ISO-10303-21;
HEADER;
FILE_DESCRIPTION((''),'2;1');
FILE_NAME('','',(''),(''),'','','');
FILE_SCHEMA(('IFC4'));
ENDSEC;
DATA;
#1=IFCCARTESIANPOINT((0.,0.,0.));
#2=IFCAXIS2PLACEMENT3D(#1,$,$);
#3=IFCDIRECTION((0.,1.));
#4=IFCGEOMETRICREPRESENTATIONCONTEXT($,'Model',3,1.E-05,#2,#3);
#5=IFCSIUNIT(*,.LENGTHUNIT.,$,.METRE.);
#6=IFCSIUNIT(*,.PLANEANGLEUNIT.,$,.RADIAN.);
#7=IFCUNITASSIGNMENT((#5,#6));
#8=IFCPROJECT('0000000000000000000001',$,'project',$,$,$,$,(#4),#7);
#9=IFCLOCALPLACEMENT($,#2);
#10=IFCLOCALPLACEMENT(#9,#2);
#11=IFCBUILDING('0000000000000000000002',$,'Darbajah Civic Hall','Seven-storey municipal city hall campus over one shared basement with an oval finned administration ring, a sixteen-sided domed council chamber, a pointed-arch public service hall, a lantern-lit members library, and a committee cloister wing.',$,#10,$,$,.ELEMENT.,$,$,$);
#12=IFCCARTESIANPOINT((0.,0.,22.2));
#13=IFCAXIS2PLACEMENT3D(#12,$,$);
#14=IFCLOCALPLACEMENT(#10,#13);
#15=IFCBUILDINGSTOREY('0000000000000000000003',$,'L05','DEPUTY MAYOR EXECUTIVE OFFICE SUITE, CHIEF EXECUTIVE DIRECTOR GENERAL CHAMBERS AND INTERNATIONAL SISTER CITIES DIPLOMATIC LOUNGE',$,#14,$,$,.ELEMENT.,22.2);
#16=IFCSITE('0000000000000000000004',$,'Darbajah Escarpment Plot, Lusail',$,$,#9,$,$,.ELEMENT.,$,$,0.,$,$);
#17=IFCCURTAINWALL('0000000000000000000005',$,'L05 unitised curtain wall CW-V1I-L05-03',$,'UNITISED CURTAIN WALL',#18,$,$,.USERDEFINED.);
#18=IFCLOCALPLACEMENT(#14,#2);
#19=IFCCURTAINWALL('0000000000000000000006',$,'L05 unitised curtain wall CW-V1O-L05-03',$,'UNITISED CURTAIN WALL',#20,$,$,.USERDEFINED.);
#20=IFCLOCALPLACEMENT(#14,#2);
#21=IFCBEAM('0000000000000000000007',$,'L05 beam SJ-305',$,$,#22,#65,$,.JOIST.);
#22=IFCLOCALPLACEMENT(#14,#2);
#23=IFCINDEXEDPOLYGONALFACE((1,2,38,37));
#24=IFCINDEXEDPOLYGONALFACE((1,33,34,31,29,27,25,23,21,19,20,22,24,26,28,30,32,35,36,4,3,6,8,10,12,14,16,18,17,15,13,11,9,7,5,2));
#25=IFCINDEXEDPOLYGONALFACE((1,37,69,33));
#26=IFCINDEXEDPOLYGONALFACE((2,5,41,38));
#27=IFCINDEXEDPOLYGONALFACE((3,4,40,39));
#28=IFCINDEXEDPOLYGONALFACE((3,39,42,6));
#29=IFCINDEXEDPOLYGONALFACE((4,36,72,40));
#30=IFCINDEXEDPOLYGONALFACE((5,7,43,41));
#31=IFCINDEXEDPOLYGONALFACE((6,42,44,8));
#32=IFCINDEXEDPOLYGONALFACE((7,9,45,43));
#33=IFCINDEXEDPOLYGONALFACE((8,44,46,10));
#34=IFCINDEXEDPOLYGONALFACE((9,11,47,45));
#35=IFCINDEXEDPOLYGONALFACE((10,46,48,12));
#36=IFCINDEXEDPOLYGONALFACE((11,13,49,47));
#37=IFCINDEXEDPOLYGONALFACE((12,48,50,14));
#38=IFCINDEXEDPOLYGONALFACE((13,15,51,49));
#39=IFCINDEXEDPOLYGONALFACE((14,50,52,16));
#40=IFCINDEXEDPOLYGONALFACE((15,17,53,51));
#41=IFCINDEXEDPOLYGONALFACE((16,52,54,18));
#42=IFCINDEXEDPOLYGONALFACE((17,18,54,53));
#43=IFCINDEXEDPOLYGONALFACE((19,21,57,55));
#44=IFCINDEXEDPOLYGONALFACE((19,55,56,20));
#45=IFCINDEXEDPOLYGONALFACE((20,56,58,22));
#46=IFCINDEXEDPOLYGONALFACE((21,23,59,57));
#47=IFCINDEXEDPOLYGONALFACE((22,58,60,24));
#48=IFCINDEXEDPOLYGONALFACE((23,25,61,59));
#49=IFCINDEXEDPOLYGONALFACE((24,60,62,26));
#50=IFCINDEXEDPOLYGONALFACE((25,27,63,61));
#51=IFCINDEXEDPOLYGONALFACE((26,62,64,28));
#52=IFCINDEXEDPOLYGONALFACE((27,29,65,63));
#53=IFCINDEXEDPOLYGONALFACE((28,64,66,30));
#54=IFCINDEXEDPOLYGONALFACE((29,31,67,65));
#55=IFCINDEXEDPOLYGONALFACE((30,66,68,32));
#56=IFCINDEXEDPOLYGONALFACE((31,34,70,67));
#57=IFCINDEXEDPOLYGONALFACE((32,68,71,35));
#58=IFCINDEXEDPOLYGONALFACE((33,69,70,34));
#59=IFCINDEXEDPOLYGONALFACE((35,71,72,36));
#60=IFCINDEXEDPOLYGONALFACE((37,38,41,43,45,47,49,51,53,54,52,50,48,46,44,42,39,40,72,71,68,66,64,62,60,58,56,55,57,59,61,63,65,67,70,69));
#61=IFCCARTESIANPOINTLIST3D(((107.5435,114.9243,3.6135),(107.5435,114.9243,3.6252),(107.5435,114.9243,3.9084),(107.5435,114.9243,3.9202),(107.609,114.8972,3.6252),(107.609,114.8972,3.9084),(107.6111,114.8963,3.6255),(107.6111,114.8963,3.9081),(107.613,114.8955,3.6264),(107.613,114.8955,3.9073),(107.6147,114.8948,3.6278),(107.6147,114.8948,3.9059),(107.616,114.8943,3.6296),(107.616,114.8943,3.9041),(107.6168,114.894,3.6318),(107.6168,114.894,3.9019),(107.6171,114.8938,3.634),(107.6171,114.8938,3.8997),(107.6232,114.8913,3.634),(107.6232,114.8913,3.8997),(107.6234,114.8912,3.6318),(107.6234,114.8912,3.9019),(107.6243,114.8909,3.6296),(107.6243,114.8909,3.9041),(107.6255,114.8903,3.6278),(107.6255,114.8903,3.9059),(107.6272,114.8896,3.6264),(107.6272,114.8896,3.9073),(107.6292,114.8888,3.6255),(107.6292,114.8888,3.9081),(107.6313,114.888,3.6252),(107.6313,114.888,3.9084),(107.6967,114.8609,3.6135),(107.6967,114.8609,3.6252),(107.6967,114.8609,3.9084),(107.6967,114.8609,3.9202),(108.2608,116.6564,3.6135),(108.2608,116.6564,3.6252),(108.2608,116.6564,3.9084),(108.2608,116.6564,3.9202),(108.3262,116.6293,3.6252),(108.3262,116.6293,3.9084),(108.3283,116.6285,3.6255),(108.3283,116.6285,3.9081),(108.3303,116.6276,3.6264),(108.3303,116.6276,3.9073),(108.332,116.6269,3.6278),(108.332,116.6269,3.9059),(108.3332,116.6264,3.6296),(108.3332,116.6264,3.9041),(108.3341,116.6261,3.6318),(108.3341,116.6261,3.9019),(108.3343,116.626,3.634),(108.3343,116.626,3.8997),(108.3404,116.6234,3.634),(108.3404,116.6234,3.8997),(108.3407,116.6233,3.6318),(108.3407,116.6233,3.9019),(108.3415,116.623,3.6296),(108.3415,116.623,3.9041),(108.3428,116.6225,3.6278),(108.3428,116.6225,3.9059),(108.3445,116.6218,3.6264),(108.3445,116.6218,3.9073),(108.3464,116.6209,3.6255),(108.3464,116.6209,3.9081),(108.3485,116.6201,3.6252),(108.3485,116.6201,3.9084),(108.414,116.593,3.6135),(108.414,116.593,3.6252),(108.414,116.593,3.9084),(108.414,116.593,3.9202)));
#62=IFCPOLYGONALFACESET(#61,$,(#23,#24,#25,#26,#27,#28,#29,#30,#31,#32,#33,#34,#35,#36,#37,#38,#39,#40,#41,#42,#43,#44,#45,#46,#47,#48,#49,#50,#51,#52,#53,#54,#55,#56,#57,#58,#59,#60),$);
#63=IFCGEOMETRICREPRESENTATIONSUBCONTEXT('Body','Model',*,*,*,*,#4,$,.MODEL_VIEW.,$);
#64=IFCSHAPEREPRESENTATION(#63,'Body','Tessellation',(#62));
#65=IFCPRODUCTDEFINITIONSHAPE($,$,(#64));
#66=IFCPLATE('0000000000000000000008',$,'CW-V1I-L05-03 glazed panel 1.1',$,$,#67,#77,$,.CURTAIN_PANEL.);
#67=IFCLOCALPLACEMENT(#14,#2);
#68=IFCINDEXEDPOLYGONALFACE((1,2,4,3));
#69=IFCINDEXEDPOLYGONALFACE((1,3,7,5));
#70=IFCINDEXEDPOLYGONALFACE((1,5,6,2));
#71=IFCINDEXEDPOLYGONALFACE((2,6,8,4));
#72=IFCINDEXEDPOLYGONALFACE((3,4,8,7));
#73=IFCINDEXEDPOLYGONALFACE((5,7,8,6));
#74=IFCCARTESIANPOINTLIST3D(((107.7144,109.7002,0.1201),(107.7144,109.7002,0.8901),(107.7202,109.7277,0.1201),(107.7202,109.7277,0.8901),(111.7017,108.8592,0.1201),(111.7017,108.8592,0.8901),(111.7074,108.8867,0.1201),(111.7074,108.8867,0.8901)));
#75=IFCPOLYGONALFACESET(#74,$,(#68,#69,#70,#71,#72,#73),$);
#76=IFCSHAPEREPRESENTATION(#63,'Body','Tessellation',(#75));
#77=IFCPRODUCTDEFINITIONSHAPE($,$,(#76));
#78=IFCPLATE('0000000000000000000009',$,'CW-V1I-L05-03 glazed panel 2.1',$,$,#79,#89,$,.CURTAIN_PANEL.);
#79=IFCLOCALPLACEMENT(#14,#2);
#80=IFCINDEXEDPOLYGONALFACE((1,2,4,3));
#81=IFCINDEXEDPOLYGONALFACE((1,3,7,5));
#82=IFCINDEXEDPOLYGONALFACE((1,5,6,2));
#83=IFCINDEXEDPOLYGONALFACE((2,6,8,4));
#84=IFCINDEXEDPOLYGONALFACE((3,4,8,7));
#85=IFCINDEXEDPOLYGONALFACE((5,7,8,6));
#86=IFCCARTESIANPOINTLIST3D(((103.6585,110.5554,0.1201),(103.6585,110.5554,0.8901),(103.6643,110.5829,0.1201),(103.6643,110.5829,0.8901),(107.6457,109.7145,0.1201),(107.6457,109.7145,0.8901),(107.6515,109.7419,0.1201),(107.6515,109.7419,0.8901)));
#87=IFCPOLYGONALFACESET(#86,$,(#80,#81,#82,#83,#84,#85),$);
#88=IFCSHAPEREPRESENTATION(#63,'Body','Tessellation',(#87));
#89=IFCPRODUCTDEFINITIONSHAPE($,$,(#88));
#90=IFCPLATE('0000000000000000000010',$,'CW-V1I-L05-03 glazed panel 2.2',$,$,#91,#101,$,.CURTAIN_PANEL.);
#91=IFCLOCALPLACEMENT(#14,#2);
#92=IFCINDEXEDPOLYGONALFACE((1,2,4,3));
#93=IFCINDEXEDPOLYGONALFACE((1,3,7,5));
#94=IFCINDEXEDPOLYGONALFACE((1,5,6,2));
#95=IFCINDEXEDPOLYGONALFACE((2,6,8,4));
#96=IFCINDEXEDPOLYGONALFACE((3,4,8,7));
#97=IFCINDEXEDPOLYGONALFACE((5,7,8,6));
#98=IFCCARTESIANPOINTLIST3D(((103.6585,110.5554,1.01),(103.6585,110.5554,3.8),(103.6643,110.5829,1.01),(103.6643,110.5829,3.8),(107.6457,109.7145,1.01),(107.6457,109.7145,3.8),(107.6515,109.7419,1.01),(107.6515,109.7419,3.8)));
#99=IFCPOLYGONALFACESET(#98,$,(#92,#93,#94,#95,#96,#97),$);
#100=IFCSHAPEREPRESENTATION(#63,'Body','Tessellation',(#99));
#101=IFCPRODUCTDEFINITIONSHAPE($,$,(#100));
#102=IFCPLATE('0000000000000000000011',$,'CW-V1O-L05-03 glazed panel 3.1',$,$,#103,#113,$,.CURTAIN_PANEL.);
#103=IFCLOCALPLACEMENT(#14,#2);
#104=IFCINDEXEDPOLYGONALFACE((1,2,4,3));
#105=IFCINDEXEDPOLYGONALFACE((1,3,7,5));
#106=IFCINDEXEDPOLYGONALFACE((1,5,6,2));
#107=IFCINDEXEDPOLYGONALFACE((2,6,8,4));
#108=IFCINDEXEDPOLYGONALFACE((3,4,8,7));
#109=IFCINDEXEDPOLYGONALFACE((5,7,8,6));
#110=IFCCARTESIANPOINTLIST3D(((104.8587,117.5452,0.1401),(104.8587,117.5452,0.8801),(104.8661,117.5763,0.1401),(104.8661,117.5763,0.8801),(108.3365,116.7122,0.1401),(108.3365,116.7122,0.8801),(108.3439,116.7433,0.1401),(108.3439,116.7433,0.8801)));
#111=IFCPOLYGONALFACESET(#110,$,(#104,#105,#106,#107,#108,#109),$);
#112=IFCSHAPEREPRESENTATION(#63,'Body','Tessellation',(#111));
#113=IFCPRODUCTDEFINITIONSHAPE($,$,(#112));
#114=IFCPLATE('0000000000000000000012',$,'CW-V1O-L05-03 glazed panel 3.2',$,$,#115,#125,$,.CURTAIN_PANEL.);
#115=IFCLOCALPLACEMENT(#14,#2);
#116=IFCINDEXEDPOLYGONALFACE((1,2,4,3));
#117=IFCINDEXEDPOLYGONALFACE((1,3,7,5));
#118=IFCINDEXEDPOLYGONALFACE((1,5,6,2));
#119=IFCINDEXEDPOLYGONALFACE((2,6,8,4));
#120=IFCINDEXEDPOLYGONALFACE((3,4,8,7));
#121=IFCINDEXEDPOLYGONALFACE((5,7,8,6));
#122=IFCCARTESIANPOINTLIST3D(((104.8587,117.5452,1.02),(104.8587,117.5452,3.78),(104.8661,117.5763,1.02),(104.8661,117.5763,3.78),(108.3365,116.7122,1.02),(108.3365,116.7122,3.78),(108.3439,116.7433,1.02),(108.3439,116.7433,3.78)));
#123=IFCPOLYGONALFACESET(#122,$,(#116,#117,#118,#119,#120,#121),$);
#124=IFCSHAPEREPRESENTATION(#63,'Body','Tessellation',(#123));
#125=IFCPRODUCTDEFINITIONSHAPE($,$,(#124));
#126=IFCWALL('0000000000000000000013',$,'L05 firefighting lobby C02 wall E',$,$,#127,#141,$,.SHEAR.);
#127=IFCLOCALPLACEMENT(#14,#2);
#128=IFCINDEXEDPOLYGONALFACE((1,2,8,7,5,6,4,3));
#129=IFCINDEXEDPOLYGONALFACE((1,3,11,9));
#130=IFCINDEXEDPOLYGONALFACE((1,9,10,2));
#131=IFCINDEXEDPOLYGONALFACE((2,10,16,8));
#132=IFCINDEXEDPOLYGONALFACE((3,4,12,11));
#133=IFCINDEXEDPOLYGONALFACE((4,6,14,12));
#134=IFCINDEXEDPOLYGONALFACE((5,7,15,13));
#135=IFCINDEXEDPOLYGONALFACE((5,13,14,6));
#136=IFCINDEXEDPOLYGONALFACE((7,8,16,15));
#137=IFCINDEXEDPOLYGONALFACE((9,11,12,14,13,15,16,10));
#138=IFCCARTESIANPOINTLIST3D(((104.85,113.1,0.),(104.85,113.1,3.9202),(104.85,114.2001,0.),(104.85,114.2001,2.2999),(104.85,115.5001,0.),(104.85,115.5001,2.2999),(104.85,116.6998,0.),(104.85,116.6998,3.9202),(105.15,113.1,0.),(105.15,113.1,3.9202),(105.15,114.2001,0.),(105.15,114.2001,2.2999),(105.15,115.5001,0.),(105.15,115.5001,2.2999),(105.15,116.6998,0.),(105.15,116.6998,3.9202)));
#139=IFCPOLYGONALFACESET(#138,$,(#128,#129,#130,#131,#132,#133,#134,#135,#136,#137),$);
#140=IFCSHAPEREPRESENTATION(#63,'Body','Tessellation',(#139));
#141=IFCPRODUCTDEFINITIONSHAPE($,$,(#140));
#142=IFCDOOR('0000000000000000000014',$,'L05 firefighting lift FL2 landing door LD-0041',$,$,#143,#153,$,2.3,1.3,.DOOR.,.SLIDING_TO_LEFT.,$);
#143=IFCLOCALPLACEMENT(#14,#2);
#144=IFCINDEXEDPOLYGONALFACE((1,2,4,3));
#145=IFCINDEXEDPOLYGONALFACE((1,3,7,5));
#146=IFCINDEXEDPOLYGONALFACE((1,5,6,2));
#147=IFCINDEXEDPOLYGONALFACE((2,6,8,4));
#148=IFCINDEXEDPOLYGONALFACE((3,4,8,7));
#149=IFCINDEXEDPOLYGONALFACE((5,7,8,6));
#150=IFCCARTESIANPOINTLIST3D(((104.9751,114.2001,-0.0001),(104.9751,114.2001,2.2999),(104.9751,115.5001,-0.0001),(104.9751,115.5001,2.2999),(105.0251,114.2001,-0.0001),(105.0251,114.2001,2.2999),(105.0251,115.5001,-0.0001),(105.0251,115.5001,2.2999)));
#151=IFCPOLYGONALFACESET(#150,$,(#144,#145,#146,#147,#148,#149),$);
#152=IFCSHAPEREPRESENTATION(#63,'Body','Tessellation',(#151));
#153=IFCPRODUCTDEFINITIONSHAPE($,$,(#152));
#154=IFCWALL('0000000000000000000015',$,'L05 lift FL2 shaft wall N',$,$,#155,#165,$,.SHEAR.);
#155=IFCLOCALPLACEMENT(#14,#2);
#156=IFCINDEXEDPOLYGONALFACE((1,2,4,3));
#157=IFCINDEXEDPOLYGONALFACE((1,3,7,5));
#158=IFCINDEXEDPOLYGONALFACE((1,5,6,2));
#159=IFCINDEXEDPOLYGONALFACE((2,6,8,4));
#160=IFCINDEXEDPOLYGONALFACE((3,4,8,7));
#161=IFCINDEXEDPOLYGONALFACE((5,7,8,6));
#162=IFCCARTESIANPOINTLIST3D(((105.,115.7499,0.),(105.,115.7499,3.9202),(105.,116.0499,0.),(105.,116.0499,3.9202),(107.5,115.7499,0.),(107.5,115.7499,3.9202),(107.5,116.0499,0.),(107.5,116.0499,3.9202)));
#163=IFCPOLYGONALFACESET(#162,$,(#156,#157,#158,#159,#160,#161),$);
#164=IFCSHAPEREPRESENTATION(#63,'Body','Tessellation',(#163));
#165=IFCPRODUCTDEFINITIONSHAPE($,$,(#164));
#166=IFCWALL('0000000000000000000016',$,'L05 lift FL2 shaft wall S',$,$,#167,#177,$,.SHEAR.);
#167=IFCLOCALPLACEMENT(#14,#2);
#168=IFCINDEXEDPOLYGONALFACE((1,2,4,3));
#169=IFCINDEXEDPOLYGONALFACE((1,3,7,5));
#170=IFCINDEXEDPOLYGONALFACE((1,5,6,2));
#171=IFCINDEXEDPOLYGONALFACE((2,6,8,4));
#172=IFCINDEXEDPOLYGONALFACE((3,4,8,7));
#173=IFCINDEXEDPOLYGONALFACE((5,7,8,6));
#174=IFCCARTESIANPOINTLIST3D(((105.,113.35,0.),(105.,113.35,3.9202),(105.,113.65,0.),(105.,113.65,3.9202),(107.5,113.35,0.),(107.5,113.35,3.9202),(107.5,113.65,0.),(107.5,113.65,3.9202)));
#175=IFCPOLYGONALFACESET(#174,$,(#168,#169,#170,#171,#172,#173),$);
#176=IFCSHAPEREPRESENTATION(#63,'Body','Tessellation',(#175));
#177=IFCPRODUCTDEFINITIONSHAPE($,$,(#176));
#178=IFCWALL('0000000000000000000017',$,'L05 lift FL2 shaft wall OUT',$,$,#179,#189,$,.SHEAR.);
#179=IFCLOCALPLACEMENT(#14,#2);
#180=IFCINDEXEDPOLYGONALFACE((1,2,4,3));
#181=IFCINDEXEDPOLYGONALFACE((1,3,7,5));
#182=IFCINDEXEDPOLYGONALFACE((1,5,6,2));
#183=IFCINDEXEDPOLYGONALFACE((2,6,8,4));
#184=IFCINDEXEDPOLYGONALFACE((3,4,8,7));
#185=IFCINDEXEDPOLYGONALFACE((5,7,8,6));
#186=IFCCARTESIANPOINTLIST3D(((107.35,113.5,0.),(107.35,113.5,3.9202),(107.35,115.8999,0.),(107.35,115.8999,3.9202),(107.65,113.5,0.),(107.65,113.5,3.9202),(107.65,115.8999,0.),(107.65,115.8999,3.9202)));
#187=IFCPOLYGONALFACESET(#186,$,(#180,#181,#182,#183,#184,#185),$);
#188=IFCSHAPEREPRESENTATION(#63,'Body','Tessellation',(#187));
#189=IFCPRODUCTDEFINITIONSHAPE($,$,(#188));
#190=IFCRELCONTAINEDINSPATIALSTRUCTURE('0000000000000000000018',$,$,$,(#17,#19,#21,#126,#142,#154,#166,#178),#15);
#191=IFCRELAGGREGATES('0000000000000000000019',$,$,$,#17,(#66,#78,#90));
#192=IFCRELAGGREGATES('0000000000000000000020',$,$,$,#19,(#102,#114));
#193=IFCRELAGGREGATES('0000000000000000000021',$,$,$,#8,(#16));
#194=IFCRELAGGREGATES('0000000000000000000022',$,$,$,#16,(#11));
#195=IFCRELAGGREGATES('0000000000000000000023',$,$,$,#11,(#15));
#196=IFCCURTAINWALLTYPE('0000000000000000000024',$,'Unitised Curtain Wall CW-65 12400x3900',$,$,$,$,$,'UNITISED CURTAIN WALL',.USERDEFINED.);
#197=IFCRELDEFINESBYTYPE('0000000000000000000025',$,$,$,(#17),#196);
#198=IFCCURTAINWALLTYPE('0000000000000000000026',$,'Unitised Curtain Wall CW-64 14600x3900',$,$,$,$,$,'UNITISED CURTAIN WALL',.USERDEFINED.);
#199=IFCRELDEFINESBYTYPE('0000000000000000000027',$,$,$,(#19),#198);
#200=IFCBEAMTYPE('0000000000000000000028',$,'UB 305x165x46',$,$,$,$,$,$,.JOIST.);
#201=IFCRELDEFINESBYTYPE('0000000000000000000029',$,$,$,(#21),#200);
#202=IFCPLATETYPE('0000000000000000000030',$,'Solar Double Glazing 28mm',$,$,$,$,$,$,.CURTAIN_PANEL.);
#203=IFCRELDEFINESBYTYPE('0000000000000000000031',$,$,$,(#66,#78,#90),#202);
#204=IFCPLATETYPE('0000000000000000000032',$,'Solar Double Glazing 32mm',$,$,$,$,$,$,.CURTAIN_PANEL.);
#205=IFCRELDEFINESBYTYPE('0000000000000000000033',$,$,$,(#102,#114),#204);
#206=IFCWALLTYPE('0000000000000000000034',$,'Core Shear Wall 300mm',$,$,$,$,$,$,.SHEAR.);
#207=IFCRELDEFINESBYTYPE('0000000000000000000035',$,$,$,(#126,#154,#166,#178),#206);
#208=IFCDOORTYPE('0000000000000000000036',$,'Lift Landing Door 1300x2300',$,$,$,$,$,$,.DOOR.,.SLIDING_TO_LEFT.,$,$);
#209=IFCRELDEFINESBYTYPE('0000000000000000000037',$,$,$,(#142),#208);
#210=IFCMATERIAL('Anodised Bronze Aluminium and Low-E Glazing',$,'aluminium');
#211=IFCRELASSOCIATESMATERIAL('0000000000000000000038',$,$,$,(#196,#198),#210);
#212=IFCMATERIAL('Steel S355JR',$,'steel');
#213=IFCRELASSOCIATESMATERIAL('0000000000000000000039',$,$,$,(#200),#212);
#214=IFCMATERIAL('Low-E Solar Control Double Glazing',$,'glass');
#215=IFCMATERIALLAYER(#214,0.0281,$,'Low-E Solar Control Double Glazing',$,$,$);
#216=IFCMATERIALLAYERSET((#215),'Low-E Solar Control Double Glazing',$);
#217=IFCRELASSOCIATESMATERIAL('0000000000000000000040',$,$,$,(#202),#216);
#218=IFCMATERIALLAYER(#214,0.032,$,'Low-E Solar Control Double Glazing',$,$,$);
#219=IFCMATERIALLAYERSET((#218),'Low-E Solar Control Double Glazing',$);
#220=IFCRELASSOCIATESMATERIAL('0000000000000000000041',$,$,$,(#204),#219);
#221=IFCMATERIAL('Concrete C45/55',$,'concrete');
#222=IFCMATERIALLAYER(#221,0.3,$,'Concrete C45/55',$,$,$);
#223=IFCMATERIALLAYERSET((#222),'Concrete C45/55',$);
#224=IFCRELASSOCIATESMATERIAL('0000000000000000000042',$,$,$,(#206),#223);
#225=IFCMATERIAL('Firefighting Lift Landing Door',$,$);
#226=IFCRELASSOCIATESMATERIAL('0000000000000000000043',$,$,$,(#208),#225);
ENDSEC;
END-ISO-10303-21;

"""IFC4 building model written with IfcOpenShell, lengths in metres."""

from ifc_helpers import new_model, si_unit, direction, frame, frame_2d, origin, origin_2d, place, context, subcontext, project, spatial, rectangle, i_section, extrude, material, layer, layer_set, material_profile, profile_set, type_object, element, fill, aggregate, save


model = new_model("IFC4")

# Units and contexts
model_context = context("Model", 3, precision=1e-05, world=origin(), true_north=direction((0.0, 1.0)))
body_context = subcontext(model_context, "Body", "Model", "MODEL_VIEW")
ifc_project = project(units=[si_unit("LENGTHUNIT", "METRE"), si_unit("PLANEANGLEUNIT", "RADIAN")], contexts=[model_context])

# Site, building, storey
site_placement = place(None, origin())
site = spatial("IfcSite", under=ifc_project, at=site_placement, Name="Darbajah Escarpment Plot, Lusail", CompositionType="ELEMENT", RefElevation=0.0)
building_placement = place(site_placement, origin())
building = spatial("IfcBuilding", under=site, at=building_placement, Name="Darbajah Civic Hall", Description="Seven-storey municipal city hall campus over one shared basement with an oval finned administration ring, a sixteen-sided domed council chamber, a pointed-arch public service hall, a lantern-lit members library, and a committee cloister wing.", CompositionType="ELEMENT")
storey_placement = place(building_placement, frame((0.0, 0.0, 22.2)))
storey = spatial("IfcBuildingStorey", under=building, at=storey_placement, Name="L05", Description="DEPUTY MAYOR EXECUTIVE OFFICE SUITE, CHIEF EXECUTIVE DIRECTOR GENERAL CHAMBERS AND INTERNATIONAL SISTER CITIES DIPLOMATIC LOUNGE", CompositionType="ELEMENT", Elevation=22.2)

# Curtain walls
ifc_material_1 = material(Name="Anodised Bronze Aluminium and Low-E Glazing", Category="aluminium")
curtain_wall_type_1 = type_object("IfcCurtainWallType", Name="Unitised Curtain Wall CW-65 12400x3900", ElementType="UNITISED CURTAIN WALL", PredefinedType="USERDEFINED", material=ifc_material_1)
curtain_wall_1_placement = place(storey_placement, origin())
curtain_wall_1 = element("IfcCurtainWall", 1, at=curtain_wall_1_placement, inside=storey, type_object=curtain_wall_type_1, Name="L05 unitised curtain wall CW-V1I-L05-03", ObjectType="UNITISED CURTAIN WALL", PredefinedType="USERDEFINED")
curtain_wall_type_2 = type_object("IfcCurtainWallType", Name="Unitised Curtain Wall CW-64 14600x3900", ElementType="UNITISED CURTAIN WALL", PredefinedType="USERDEFINED", material=ifc_material_1)
curtain_wall_2_placement = place(storey_placement, origin())
curtain_wall_2 = element("IfcCurtainWall", 2, at=curtain_wall_2_placement, inside=storey, type_object=curtain_wall_type_2, Name="L05 unitised curtain wall CW-V1O-L05-03", ObjectType="UNITISED CURTAIN WALL", PredefinedType="USERDEFINED")

# Beam
ifc_material_2 = material(Name="Steel S355JR", Category="steel")
ifc_material_profile_1 = material_profile(ifc_material_2, i_section(OverallWidth=0.1658, OverallDepth=0.3066, WebThickness=0.0066, FlangeThickness=0.0117, FilletRadius=0.0088, at=origin_2d()), Name="UB 305x165x46")
ifc_profile_set_1 = profile_set([ifc_material_profile_1], Name="Steel S355JR")
beam_type_1 = type_object("IfcBeamType", Name="UB 305x165x46", PredefinedType="JOIST", material=ifc_profile_set_1)
beam_1_placement = place(storey_placement, frame((107.6201, 114.8926, 3.7668), z_axis=(0.382589, 0.923918, 0.0), x_axis=(-0.923918, 0.382589, 0.0)))
element("IfcBeam", 3, at=beam_1_placement, inside=storey, type_object=beam_type_1, Name="L05 beam SJ-305", PredefinedType="JOIST", context=body_context, shape_type="SweptSolid", body=[
    extrude(i_section(OverallWidth=0.1658, OverallDepth=0.3066, WebThickness=0.0066, FlangeThickness=0.0117, FilletRadius=0.0088, at=origin_2d()), origin(), (0.0, 0.0, 1.0), 1.8748),
])

# Plates
ifc_material_3 = material(Name="Low-E Solar Control Double Glazing", Category="glass")
ifc_layer_1 = layer(ifc_material_3, 0.0281, Name="Low-E Solar Control Double Glazing")
ifc_layer_set_1 = layer_set([ifc_layer_1], Name="Low-E Solar Control Double Glazing")
plate_type_1 = type_object("IfcPlateType", Name="Solar Double Glazing 28mm", PredefinedType="CURTAIN_PANEL", material=ifc_layer_set_1)
plate_1_placement = place(storey_placement, frame((109.7109, 109.2935, 0.1201), z_axis=(0.0, 0.0, 1.0), x_axis=(-0.978473, 0.206375, 0.0)))
plate_1 = element("IfcPlate", 4, at=plate_1_placement, type_object=plate_type_1, Name="CW-V1I-L05-03 glazed panel 1.1", PredefinedType="CURTAIN_PANEL", context=body_context, shape_type="SweptSolid", body=[
    extrude(rectangle(XDim=4.075, YDim=0.0281, at=origin_2d()), origin(), (0.0, 0.0, 1.0), 0.77),
])
plate_2_placement = place(storey_placement, frame((105.655, 110.1487, 0.1201), z_axis=(0.0, 0.0, 1.0), x_axis=(-0.978473, 0.206375, 0.0)))
plate_2 = element("IfcPlate", 5, at=plate_2_placement, type_object=plate_type_1, Name="CW-V1I-L05-03 glazed panel 2.1", PredefinedType="CURTAIN_PANEL", context=body_context, shape_type="SweptSolid", body=[
    extrude(rectangle(XDim=4.075, YDim=0.0281, at=origin_2d()), origin(), (0.0, 0.0, 1.0), 0.77),
])
plate_3_placement = place(storey_placement, frame((105.655, 110.1487, 1.01), z_axis=(0.0, 0.0, 1.0), x_axis=(-0.978473, 0.206375, 0.0)))
plate_3 = element("IfcPlate", 6, at=plate_3_placement, type_object=plate_type_1, Name="CW-V1I-L05-03 glazed panel 2.2", PredefinedType="CURTAIN_PANEL", context=body_context, shape_type="SweptSolid", body=[
    extrude(rectangle(XDim=4.075, YDim=0.0281, at=origin_2d()), origin(), (0.0, 0.0, 1.0), 2.79),
])
aggregate(curtain_wall_1, [plate_1, plate_2, plate_3])
ifc_layer_2 = layer(ifc_material_3, 0.032, Name="Low-E Solar Control Double Glazing")
ifc_layer_set_2 = layer_set([ifc_layer_2], Name="Low-E Solar Control Double Glazing")
plate_type_2 = type_object("IfcPlateType", Name="Solar Double Glazing 32mm", PredefinedType="CURTAIN_PANEL", material=ifc_layer_set_2)
plate_4_placement = place(storey_placement, frame((106.6013, 117.1443, 0.1401), z_axis=(0.0, 0.0, 1.0), x_axis=(-0.972492, 0.232936, 0.0)))
plate_4 = element("IfcPlate", 7, at=plate_4_placement, type_object=plate_type_2, Name="CW-V1O-L05-03 glazed panel 3.1", PredefinedType="CURTAIN_PANEL", context=body_context, shape_type="SweptSolid", body=[
    extrude(rectangle(XDim=3.5762, YDim=0.032, at=origin_2d()), origin(), (0.0, 0.0, 1.0), 0.74),
])
plate_5_placement = place(storey_placement, frame((106.6013, 117.1443, 1.02), z_axis=(0.0, 0.0, 1.0), x_axis=(-0.972492, 0.232936, 0.0)))
plate_5 = element("IfcPlate", 8, at=plate_5_placement, type_object=plate_type_2, Name="CW-V1O-L05-03 glazed panel 3.2", PredefinedType="CURTAIN_PANEL", context=body_context, shape_type="SweptSolid", body=[
    extrude(rectangle(XDim=3.5762, YDim=0.032, at=origin_2d()), origin(), (0.0, 0.0, 1.0), 2.76),
])
aggregate(curtain_wall_2, [plate_4, plate_5])

# Wall, opening, door
ifc_material_4 = material(Name="Concrete C45/55", Category="concrete")
ifc_layer_3 = layer(ifc_material_4, 0.3, Name="Concrete C45/55")
ifc_layer_set_3 = layer_set([ifc_layer_3], Name="Concrete C45/55")
wall_type_1 = type_object("IfcWallType", Name="Core Shear Wall 300mm", PredefinedType="SHEAR", material=ifc_layer_set_3)
wall_1_placement = place(storey_placement, frame((105.0, 113.1001, 0.0), z_axis=(0.0, 0.0, 1.0), x_axis=(0.0, 1.0, 0.0)))
wall_1 = element("IfcWall", 9, at=wall_1_placement, inside=storey, type_object=wall_type_1, Name="L05 firefighting lobby C02 wall E", PredefinedType="SHEAR", context=body_context, shape_type="SweptSolid", body=[
    extrude(rectangle(XDim=3.5999, YDim=0.3, at=frame_2d((1.7998, 0.0))), origin(), (0.0, 0.0, 1.0), 3.9202),
])
opening_placement = place(wall_1_placement, frame((1.1001, 0.0, 0.0)))
opening = element("IfcOpeningElement", 10, at=opening_placement, cuts=wall_1, PredefinedType="OPENING", context=body_context, shape_type="SweptSolid", body=[
    extrude(rectangle(XDim=1.3, YDim=2.3, at=frame_2d((0.6499, 1.1499))), frame((0.0, 0.1599, 0.0), z_axis=(0.0, -1.0, 0.0), x_axis=(1.0, 0.0, 0.0)), (0.0, 0.0, 1.0), 0.3201),
])
ifc_material_5 = material(Name="Firefighting Lift Landing Door")
door_type = type_object("IfcDoorType", Name="Lift Landing Door 1300x2300", OperationType="SLIDING_TO_LEFT", PredefinedType="DOOR", material=ifc_material_5)
door_placement = place(opening_placement, origin())
door = element("IfcDoor", 11, at=door_placement, inside=storey, type_object=door_type, Name="L05 firefighting lift FL2 landing door LD-0041", OperationType="SLIDING_TO_LEFT", OverallHeight=2.3, OverallWidth=1.3, PredefinedType="DOOR", context=body_context, shape_type="SweptSolid", body=[
    extrude(rectangle(XDim=1.3, YDim=2.3, at=frame_2d((0.6499, 1.1499))), frame((0.0, 0.0249, 0.0), z_axis=(0.0, -1.0, 0.0), x_axis=(1.0, 0.0, 0.0)), (0.0, 0.0, 1.0), 0.05),
])
fill(opening, door)

# Walls
for number, where, z_axis, x_axis, name in (
    (12, (107.5, 115.8999, 0.0), (0.0, 0.0, 1.0), (-1.0, 0.0, 0.0), "L05 lift FL2 shaft wall N"),
    (13, (105.0, 113.5, 0.0), (0.0, 0.0, 1.0), (1.0, 0.0, 0.0), "L05 lift FL2 shaft wall S"),
):
    element("IfcWall", number, at=place(storey_placement, frame(where, z_axis=z_axis, x_axis=x_axis)), inside=storey, type_object=wall_type_1, Name=name, PredefinedType="SHEAR", context=body_context, shape_type="SweptSolid", body=[
        extrude(rectangle(XDim=2.5, YDim=0.3, at=frame_2d((1.25, 0.0))), origin(), (0.0, 0.0, 1.0), 3.9202),
    ])
wall_2_placement = place(storey_placement, frame((107.5, 113.5, 0.0), z_axis=(0.0, 0.0, 1.0), x_axis=(0.0, 1.0, 0.0)))
element("IfcWall", 14, at=wall_2_placement, inside=storey, type_object=wall_type_1, Name="L05 lift FL2 shaft wall OUT", PredefinedType="SHEAR", context=body_context, shape_type="SweptSolid", body=[
    extrude(rectangle(XDim=2.3999, YDim=0.3, at=frame_2d((1.2, 0.0))), origin(), (0.0, 0.0, 1.0), 3.9202),
])

save(model, "model.ifc")
